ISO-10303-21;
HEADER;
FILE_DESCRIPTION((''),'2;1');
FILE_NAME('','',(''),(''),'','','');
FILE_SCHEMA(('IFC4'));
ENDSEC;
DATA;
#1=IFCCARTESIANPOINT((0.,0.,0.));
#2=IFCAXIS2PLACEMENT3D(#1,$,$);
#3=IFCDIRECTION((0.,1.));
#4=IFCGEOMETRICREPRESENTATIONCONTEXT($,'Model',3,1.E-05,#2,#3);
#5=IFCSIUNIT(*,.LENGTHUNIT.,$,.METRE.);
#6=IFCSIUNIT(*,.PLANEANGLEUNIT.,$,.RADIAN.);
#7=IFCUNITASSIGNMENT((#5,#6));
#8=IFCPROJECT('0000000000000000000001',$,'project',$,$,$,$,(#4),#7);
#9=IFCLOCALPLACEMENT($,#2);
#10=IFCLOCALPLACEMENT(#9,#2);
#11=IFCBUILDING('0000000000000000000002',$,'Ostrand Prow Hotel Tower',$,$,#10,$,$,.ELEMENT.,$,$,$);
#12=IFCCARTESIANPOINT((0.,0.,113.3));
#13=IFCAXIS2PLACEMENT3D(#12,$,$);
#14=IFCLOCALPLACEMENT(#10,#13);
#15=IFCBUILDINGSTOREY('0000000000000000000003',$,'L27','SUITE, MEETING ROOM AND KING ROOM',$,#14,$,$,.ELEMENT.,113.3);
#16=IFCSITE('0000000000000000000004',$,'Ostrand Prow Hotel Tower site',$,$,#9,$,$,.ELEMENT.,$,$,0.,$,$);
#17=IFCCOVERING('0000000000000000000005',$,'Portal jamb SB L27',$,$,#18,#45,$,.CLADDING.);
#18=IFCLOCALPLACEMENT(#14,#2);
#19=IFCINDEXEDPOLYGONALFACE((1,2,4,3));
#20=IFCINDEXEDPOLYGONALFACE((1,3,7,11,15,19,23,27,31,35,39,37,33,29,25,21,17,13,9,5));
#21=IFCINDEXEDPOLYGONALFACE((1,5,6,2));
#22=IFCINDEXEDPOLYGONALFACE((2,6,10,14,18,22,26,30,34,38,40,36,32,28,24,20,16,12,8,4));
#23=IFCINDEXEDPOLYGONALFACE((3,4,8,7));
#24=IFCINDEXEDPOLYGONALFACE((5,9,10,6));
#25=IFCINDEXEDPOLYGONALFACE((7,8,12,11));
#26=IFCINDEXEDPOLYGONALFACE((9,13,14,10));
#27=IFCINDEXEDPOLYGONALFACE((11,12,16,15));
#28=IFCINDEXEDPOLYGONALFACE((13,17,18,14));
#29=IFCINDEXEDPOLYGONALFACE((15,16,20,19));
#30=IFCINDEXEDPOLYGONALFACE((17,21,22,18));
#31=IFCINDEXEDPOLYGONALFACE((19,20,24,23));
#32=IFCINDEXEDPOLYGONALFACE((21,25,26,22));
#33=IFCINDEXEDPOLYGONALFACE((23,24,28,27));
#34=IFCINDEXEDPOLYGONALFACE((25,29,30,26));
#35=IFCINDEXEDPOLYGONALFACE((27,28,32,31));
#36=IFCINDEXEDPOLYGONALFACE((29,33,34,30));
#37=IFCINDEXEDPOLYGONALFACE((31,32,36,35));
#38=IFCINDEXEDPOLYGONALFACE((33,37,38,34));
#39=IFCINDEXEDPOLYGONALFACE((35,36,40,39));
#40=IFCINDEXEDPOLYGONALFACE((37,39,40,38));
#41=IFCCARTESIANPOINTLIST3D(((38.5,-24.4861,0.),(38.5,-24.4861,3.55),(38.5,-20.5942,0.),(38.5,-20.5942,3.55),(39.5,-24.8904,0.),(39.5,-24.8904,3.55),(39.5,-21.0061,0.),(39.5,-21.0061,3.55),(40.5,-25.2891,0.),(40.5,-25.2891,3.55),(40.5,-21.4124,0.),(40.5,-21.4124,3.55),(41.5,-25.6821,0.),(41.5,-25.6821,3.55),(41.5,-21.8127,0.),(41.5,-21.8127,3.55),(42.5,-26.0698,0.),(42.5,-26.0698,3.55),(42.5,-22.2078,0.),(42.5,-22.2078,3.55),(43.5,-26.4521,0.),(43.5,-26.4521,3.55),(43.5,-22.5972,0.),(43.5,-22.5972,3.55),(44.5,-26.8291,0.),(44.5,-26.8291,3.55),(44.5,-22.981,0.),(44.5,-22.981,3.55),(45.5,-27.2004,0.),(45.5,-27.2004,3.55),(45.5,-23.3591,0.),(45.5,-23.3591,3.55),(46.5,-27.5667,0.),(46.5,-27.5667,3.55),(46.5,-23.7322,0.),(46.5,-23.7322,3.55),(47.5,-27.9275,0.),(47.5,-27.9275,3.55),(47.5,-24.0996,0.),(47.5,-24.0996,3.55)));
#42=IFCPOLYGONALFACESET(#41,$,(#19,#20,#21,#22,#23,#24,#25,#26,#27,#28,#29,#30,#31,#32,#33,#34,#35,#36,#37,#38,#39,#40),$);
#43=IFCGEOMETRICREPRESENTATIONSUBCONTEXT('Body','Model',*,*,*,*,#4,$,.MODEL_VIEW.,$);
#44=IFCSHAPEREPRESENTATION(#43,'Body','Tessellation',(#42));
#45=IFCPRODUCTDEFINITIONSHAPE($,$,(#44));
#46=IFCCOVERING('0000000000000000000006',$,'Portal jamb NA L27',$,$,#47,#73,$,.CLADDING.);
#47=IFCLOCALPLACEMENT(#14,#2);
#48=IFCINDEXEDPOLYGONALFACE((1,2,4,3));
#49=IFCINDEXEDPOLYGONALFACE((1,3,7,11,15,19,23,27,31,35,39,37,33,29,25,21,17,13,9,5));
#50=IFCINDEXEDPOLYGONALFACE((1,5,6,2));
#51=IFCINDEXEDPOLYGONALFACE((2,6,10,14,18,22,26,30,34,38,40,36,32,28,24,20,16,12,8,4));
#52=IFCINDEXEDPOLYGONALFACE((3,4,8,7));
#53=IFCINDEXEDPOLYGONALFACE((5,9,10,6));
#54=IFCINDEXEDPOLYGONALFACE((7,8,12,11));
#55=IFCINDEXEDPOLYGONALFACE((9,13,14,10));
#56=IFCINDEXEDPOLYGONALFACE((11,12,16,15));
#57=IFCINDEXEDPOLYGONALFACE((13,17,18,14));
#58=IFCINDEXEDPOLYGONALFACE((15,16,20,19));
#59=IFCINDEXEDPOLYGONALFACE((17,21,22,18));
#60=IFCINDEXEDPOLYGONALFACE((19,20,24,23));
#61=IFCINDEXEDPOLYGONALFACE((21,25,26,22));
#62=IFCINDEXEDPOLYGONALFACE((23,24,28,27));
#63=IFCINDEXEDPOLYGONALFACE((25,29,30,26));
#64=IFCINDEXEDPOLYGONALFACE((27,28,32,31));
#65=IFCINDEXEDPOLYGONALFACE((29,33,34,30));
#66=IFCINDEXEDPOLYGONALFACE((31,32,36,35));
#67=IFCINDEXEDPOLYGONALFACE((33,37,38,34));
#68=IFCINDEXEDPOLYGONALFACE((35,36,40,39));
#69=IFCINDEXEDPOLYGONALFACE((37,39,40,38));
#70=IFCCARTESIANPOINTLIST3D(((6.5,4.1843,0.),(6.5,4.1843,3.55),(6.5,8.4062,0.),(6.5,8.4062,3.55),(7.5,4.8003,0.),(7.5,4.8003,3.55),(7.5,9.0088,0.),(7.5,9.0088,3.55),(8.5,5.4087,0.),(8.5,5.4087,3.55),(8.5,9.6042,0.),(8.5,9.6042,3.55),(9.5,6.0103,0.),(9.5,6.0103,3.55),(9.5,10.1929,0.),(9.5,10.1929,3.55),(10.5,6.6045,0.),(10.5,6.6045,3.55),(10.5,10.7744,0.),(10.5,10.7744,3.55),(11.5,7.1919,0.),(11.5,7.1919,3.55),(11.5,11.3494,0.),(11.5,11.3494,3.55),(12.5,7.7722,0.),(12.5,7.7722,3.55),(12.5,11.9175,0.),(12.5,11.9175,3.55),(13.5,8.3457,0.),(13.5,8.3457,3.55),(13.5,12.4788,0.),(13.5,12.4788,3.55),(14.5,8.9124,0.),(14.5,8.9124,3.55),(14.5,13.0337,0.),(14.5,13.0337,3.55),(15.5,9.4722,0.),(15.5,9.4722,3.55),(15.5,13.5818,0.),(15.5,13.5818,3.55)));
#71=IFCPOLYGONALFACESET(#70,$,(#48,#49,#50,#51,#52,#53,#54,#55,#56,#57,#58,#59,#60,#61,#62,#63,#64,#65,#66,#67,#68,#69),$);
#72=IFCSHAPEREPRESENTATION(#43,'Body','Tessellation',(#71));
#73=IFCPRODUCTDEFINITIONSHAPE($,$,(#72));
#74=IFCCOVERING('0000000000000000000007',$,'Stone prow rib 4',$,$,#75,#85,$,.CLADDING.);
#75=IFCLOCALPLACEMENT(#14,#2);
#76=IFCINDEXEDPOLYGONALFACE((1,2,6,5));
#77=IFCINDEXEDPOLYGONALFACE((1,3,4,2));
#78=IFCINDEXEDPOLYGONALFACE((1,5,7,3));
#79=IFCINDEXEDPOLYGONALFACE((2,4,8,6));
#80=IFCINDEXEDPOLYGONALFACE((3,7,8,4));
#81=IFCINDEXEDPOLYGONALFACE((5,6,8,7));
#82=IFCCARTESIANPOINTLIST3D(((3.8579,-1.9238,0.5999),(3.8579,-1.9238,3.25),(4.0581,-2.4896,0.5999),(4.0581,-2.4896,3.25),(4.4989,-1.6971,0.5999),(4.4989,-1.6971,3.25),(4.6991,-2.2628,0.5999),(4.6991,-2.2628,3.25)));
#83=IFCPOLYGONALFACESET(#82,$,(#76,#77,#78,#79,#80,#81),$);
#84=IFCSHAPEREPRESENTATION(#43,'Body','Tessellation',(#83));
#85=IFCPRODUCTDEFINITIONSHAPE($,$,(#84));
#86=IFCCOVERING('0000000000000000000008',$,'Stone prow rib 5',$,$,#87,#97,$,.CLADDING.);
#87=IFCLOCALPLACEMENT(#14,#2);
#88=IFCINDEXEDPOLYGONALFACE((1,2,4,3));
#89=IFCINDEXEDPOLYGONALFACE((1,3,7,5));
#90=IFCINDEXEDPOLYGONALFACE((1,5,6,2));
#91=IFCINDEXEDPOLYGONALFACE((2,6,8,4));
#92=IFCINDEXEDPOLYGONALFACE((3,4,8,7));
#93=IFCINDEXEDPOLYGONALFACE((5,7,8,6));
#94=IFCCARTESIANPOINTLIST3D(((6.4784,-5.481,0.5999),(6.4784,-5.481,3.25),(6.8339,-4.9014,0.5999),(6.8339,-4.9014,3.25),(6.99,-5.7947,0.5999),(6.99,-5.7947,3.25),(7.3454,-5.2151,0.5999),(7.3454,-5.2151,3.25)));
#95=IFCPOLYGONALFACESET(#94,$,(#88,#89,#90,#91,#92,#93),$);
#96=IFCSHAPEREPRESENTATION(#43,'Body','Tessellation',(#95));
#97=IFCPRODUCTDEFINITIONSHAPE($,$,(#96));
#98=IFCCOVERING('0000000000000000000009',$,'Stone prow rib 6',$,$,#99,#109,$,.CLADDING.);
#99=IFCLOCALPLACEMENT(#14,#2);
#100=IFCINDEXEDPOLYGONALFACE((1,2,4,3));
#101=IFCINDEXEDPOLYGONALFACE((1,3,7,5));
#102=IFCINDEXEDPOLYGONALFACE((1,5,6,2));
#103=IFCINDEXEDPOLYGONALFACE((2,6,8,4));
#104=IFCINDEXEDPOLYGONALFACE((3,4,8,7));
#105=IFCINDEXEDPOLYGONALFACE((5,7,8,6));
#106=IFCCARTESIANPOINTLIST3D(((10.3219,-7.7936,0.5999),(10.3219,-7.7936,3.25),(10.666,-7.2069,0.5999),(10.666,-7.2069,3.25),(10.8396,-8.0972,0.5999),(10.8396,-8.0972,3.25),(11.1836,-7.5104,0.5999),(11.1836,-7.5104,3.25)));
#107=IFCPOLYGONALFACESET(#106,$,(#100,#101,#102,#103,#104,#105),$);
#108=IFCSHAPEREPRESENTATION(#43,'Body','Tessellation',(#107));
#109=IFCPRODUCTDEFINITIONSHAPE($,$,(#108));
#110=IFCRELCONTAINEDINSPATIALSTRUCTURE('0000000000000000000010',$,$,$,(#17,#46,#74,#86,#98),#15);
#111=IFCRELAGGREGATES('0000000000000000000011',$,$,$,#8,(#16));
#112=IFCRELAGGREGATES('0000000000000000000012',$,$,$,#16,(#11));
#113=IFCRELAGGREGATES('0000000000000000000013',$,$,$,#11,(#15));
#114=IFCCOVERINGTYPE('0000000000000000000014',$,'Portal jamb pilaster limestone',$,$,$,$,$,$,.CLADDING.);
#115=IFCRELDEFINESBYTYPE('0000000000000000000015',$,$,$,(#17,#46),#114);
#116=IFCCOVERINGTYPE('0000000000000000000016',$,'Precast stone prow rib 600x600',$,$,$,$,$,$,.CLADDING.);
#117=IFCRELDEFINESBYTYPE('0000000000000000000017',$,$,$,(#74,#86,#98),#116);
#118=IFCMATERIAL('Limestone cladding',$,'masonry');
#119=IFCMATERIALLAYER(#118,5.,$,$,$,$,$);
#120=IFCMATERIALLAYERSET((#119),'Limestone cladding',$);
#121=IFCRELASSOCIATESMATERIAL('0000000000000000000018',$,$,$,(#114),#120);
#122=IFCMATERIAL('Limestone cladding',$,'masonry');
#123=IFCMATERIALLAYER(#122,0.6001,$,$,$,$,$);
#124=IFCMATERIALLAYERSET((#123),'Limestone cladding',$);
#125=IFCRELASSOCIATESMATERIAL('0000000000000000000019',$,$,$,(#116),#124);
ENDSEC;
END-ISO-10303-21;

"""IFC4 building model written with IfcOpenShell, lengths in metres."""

from ifc_helpers import new_model, si_unit, direction, frame, frame_2d, origin, place, context, subcontext, project, spatial, polyline, rectangle, outline, extrude, material, layer, layer_set, type_object, element, save


model = new_model("IFC4")

# Units and contexts
model_context = context("Model", 3, precision=1e-05, world=origin(), true_north=direction((0.0, 1.0)))
body_context = subcontext(model_context, "Body", "Model", "MODEL_VIEW")
ifc_project = project(units=[si_unit("LENGTHUNIT", "METRE"), si_unit("PLANEANGLEUNIT", "RADIAN")], contexts=[model_context])

# Site, building, storey
site_placement = place(None, origin())
site = spatial("IfcSite", under=ifc_project, at=site_placement, Name="Ostrand Prow Hotel Tower site", CompositionType="ELEMENT", RefElevation=0.0)
building_placement = place(site_placement, origin())
building = spatial("IfcBuilding", under=site, at=building_placement, Name="Ostrand Prow Hotel Tower", CompositionType="ELEMENT")
storey_placement = place(building_placement, frame((0.0, 0.0, 113.3)))
storey = spatial("IfcBuildingStorey", under=building, at=storey_placement, Name="L27", Description="SUITE, MEETING ROOM AND KING ROOM", CompositionType="ELEMENT", Elevation=113.3)

# Coverings
ifc_material_1 = material(Name="Limestone cladding", Category="masonry")
ifc_layer_1 = layer(ifc_material_1, 5.0)
ifc_layer_set_1 = layer_set([ifc_layer_1], Name="Limestone cladding")
covering_type_1 = type_object("IfcCoveringType", Name="Portal jamb pilaster limestone", PredefinedType="CLADDING", material=ifc_layer_set_1)
covering_1_placement = place(storey_placement, origin())
element("IfcCovering", 1, at=covering_1_placement, inside=storey, type_object=covering_type_1, Name="Portal jamb SB L27", PredefinedType="CLADDING", context=body_context, shape_type="SweptSolid", body=[
    extrude(outline(polyline([(38.5, -20.5942), (38.5, -24.4861), (39.5, -24.8904), (40.5, -25.2891), (41.5, -25.6821), (42.5, -26.0698), (43.5, -26.4521), (44.5, -26.8291), (45.5, -27.2004), (46.5, -27.5667), (47.5, -27.9275), (47.5, -24.0996), (46.5, -23.7322), (45.5, -23.3591), (44.5, -22.981), (43.5, -22.5972), (42.5, -22.2078), (41.5, -21.8127), (40.5, -21.4124), (39.5, -21.0061), (38.5, -20.5942)])), origin(), (0.0, 0.0, 1.0), 3.55),
])
covering_2_placement = place(storey_placement, origin())
element("IfcCovering", 2, at=covering_2_placement, inside=storey, type_object=covering_type_1, Name="Portal jamb NA L27", PredefinedType="CLADDING", context=body_context, shape_type="SweptSolid", body=[
    extrude(outline(polyline([(6.5, 4.1843), (7.5, 4.8003), (8.5, 5.4087), (9.5, 6.0103), (10.5, 6.6045), (11.5, 7.1919), (12.5, 7.7722), (13.5, 8.3457), (14.5, 8.9124), (15.5, 9.4722), (15.5, 13.5818), (14.5, 13.0337), (13.5, 12.4788), (12.5, 11.9175), (11.5, 11.3494), (10.5, 10.7744), (9.5, 10.1929), (8.5, 9.6042), (7.5, 9.0088), (6.5, 8.4062), (6.5, 4.1843)])), origin(), (0.0, 0.0, 1.0), 3.55),
])
ifc_material_2 = material(Name="Limestone cladding", Category="masonry")
ifc_layer_2 = layer(ifc_material_2, 0.6001)
ifc_layer_set_2 = layer_set([ifc_layer_2], Name="Limestone cladding")
covering_type_2 = type_object("IfcCoveringType", Name="Precast stone prow rib 600x600", PredefinedType="CLADDING", material=ifc_layer_set_2)
for number, where, z_axis, x_axis, name in (
    (3, (4.5989, -1.98, 0.5999), (0.0, 0.0, 1.0), (-0.942745, -0.333515, 0.0), "Stone prow rib 4"),
    (4, (7.0896, -5.0583, 0.5999), (0.0, 0.0, 1.0), (-0.522815, -0.852446, 0.0), "Stone prow rib 5"),
):
    element("IfcCovering", number, at=place(storey_placement, frame(where, z_axis=z_axis, x_axis=x_axis)), inside=storey, type_object=covering_type_2, Name=name, PredefinedType="CLADDING", context=body_context, shape_type="SweptSolid", body=[
        extrude(rectangle(XDim=0.6799, YDim=0.6001, at=frame_2d((0.3398, 0.0))), origin(), (0.0, 0.0, 1.0), 2.6501),
    ])
covering_3_placement = place(storey_placement, frame((10.9248, -7.3586, 0.5999), z_axis=(0.0, 0.0, 1.0), x_axis=(-0.505812, -0.862644, 0.0)))
element("IfcCovering", 5, at=covering_3_placement, inside=storey, type_object=covering_type_2, Name="Stone prow rib 6", PredefinedType="CLADDING", context=body_context, shape_type="SweptSolid", body=[
    extrude(rectangle(XDim=0.6802, YDim=0.6001, at=frame_2d((0.3401, 0.0))), origin(), (0.0, 0.0, 1.0), 2.6501),
])

save(model, "model.ifc")
